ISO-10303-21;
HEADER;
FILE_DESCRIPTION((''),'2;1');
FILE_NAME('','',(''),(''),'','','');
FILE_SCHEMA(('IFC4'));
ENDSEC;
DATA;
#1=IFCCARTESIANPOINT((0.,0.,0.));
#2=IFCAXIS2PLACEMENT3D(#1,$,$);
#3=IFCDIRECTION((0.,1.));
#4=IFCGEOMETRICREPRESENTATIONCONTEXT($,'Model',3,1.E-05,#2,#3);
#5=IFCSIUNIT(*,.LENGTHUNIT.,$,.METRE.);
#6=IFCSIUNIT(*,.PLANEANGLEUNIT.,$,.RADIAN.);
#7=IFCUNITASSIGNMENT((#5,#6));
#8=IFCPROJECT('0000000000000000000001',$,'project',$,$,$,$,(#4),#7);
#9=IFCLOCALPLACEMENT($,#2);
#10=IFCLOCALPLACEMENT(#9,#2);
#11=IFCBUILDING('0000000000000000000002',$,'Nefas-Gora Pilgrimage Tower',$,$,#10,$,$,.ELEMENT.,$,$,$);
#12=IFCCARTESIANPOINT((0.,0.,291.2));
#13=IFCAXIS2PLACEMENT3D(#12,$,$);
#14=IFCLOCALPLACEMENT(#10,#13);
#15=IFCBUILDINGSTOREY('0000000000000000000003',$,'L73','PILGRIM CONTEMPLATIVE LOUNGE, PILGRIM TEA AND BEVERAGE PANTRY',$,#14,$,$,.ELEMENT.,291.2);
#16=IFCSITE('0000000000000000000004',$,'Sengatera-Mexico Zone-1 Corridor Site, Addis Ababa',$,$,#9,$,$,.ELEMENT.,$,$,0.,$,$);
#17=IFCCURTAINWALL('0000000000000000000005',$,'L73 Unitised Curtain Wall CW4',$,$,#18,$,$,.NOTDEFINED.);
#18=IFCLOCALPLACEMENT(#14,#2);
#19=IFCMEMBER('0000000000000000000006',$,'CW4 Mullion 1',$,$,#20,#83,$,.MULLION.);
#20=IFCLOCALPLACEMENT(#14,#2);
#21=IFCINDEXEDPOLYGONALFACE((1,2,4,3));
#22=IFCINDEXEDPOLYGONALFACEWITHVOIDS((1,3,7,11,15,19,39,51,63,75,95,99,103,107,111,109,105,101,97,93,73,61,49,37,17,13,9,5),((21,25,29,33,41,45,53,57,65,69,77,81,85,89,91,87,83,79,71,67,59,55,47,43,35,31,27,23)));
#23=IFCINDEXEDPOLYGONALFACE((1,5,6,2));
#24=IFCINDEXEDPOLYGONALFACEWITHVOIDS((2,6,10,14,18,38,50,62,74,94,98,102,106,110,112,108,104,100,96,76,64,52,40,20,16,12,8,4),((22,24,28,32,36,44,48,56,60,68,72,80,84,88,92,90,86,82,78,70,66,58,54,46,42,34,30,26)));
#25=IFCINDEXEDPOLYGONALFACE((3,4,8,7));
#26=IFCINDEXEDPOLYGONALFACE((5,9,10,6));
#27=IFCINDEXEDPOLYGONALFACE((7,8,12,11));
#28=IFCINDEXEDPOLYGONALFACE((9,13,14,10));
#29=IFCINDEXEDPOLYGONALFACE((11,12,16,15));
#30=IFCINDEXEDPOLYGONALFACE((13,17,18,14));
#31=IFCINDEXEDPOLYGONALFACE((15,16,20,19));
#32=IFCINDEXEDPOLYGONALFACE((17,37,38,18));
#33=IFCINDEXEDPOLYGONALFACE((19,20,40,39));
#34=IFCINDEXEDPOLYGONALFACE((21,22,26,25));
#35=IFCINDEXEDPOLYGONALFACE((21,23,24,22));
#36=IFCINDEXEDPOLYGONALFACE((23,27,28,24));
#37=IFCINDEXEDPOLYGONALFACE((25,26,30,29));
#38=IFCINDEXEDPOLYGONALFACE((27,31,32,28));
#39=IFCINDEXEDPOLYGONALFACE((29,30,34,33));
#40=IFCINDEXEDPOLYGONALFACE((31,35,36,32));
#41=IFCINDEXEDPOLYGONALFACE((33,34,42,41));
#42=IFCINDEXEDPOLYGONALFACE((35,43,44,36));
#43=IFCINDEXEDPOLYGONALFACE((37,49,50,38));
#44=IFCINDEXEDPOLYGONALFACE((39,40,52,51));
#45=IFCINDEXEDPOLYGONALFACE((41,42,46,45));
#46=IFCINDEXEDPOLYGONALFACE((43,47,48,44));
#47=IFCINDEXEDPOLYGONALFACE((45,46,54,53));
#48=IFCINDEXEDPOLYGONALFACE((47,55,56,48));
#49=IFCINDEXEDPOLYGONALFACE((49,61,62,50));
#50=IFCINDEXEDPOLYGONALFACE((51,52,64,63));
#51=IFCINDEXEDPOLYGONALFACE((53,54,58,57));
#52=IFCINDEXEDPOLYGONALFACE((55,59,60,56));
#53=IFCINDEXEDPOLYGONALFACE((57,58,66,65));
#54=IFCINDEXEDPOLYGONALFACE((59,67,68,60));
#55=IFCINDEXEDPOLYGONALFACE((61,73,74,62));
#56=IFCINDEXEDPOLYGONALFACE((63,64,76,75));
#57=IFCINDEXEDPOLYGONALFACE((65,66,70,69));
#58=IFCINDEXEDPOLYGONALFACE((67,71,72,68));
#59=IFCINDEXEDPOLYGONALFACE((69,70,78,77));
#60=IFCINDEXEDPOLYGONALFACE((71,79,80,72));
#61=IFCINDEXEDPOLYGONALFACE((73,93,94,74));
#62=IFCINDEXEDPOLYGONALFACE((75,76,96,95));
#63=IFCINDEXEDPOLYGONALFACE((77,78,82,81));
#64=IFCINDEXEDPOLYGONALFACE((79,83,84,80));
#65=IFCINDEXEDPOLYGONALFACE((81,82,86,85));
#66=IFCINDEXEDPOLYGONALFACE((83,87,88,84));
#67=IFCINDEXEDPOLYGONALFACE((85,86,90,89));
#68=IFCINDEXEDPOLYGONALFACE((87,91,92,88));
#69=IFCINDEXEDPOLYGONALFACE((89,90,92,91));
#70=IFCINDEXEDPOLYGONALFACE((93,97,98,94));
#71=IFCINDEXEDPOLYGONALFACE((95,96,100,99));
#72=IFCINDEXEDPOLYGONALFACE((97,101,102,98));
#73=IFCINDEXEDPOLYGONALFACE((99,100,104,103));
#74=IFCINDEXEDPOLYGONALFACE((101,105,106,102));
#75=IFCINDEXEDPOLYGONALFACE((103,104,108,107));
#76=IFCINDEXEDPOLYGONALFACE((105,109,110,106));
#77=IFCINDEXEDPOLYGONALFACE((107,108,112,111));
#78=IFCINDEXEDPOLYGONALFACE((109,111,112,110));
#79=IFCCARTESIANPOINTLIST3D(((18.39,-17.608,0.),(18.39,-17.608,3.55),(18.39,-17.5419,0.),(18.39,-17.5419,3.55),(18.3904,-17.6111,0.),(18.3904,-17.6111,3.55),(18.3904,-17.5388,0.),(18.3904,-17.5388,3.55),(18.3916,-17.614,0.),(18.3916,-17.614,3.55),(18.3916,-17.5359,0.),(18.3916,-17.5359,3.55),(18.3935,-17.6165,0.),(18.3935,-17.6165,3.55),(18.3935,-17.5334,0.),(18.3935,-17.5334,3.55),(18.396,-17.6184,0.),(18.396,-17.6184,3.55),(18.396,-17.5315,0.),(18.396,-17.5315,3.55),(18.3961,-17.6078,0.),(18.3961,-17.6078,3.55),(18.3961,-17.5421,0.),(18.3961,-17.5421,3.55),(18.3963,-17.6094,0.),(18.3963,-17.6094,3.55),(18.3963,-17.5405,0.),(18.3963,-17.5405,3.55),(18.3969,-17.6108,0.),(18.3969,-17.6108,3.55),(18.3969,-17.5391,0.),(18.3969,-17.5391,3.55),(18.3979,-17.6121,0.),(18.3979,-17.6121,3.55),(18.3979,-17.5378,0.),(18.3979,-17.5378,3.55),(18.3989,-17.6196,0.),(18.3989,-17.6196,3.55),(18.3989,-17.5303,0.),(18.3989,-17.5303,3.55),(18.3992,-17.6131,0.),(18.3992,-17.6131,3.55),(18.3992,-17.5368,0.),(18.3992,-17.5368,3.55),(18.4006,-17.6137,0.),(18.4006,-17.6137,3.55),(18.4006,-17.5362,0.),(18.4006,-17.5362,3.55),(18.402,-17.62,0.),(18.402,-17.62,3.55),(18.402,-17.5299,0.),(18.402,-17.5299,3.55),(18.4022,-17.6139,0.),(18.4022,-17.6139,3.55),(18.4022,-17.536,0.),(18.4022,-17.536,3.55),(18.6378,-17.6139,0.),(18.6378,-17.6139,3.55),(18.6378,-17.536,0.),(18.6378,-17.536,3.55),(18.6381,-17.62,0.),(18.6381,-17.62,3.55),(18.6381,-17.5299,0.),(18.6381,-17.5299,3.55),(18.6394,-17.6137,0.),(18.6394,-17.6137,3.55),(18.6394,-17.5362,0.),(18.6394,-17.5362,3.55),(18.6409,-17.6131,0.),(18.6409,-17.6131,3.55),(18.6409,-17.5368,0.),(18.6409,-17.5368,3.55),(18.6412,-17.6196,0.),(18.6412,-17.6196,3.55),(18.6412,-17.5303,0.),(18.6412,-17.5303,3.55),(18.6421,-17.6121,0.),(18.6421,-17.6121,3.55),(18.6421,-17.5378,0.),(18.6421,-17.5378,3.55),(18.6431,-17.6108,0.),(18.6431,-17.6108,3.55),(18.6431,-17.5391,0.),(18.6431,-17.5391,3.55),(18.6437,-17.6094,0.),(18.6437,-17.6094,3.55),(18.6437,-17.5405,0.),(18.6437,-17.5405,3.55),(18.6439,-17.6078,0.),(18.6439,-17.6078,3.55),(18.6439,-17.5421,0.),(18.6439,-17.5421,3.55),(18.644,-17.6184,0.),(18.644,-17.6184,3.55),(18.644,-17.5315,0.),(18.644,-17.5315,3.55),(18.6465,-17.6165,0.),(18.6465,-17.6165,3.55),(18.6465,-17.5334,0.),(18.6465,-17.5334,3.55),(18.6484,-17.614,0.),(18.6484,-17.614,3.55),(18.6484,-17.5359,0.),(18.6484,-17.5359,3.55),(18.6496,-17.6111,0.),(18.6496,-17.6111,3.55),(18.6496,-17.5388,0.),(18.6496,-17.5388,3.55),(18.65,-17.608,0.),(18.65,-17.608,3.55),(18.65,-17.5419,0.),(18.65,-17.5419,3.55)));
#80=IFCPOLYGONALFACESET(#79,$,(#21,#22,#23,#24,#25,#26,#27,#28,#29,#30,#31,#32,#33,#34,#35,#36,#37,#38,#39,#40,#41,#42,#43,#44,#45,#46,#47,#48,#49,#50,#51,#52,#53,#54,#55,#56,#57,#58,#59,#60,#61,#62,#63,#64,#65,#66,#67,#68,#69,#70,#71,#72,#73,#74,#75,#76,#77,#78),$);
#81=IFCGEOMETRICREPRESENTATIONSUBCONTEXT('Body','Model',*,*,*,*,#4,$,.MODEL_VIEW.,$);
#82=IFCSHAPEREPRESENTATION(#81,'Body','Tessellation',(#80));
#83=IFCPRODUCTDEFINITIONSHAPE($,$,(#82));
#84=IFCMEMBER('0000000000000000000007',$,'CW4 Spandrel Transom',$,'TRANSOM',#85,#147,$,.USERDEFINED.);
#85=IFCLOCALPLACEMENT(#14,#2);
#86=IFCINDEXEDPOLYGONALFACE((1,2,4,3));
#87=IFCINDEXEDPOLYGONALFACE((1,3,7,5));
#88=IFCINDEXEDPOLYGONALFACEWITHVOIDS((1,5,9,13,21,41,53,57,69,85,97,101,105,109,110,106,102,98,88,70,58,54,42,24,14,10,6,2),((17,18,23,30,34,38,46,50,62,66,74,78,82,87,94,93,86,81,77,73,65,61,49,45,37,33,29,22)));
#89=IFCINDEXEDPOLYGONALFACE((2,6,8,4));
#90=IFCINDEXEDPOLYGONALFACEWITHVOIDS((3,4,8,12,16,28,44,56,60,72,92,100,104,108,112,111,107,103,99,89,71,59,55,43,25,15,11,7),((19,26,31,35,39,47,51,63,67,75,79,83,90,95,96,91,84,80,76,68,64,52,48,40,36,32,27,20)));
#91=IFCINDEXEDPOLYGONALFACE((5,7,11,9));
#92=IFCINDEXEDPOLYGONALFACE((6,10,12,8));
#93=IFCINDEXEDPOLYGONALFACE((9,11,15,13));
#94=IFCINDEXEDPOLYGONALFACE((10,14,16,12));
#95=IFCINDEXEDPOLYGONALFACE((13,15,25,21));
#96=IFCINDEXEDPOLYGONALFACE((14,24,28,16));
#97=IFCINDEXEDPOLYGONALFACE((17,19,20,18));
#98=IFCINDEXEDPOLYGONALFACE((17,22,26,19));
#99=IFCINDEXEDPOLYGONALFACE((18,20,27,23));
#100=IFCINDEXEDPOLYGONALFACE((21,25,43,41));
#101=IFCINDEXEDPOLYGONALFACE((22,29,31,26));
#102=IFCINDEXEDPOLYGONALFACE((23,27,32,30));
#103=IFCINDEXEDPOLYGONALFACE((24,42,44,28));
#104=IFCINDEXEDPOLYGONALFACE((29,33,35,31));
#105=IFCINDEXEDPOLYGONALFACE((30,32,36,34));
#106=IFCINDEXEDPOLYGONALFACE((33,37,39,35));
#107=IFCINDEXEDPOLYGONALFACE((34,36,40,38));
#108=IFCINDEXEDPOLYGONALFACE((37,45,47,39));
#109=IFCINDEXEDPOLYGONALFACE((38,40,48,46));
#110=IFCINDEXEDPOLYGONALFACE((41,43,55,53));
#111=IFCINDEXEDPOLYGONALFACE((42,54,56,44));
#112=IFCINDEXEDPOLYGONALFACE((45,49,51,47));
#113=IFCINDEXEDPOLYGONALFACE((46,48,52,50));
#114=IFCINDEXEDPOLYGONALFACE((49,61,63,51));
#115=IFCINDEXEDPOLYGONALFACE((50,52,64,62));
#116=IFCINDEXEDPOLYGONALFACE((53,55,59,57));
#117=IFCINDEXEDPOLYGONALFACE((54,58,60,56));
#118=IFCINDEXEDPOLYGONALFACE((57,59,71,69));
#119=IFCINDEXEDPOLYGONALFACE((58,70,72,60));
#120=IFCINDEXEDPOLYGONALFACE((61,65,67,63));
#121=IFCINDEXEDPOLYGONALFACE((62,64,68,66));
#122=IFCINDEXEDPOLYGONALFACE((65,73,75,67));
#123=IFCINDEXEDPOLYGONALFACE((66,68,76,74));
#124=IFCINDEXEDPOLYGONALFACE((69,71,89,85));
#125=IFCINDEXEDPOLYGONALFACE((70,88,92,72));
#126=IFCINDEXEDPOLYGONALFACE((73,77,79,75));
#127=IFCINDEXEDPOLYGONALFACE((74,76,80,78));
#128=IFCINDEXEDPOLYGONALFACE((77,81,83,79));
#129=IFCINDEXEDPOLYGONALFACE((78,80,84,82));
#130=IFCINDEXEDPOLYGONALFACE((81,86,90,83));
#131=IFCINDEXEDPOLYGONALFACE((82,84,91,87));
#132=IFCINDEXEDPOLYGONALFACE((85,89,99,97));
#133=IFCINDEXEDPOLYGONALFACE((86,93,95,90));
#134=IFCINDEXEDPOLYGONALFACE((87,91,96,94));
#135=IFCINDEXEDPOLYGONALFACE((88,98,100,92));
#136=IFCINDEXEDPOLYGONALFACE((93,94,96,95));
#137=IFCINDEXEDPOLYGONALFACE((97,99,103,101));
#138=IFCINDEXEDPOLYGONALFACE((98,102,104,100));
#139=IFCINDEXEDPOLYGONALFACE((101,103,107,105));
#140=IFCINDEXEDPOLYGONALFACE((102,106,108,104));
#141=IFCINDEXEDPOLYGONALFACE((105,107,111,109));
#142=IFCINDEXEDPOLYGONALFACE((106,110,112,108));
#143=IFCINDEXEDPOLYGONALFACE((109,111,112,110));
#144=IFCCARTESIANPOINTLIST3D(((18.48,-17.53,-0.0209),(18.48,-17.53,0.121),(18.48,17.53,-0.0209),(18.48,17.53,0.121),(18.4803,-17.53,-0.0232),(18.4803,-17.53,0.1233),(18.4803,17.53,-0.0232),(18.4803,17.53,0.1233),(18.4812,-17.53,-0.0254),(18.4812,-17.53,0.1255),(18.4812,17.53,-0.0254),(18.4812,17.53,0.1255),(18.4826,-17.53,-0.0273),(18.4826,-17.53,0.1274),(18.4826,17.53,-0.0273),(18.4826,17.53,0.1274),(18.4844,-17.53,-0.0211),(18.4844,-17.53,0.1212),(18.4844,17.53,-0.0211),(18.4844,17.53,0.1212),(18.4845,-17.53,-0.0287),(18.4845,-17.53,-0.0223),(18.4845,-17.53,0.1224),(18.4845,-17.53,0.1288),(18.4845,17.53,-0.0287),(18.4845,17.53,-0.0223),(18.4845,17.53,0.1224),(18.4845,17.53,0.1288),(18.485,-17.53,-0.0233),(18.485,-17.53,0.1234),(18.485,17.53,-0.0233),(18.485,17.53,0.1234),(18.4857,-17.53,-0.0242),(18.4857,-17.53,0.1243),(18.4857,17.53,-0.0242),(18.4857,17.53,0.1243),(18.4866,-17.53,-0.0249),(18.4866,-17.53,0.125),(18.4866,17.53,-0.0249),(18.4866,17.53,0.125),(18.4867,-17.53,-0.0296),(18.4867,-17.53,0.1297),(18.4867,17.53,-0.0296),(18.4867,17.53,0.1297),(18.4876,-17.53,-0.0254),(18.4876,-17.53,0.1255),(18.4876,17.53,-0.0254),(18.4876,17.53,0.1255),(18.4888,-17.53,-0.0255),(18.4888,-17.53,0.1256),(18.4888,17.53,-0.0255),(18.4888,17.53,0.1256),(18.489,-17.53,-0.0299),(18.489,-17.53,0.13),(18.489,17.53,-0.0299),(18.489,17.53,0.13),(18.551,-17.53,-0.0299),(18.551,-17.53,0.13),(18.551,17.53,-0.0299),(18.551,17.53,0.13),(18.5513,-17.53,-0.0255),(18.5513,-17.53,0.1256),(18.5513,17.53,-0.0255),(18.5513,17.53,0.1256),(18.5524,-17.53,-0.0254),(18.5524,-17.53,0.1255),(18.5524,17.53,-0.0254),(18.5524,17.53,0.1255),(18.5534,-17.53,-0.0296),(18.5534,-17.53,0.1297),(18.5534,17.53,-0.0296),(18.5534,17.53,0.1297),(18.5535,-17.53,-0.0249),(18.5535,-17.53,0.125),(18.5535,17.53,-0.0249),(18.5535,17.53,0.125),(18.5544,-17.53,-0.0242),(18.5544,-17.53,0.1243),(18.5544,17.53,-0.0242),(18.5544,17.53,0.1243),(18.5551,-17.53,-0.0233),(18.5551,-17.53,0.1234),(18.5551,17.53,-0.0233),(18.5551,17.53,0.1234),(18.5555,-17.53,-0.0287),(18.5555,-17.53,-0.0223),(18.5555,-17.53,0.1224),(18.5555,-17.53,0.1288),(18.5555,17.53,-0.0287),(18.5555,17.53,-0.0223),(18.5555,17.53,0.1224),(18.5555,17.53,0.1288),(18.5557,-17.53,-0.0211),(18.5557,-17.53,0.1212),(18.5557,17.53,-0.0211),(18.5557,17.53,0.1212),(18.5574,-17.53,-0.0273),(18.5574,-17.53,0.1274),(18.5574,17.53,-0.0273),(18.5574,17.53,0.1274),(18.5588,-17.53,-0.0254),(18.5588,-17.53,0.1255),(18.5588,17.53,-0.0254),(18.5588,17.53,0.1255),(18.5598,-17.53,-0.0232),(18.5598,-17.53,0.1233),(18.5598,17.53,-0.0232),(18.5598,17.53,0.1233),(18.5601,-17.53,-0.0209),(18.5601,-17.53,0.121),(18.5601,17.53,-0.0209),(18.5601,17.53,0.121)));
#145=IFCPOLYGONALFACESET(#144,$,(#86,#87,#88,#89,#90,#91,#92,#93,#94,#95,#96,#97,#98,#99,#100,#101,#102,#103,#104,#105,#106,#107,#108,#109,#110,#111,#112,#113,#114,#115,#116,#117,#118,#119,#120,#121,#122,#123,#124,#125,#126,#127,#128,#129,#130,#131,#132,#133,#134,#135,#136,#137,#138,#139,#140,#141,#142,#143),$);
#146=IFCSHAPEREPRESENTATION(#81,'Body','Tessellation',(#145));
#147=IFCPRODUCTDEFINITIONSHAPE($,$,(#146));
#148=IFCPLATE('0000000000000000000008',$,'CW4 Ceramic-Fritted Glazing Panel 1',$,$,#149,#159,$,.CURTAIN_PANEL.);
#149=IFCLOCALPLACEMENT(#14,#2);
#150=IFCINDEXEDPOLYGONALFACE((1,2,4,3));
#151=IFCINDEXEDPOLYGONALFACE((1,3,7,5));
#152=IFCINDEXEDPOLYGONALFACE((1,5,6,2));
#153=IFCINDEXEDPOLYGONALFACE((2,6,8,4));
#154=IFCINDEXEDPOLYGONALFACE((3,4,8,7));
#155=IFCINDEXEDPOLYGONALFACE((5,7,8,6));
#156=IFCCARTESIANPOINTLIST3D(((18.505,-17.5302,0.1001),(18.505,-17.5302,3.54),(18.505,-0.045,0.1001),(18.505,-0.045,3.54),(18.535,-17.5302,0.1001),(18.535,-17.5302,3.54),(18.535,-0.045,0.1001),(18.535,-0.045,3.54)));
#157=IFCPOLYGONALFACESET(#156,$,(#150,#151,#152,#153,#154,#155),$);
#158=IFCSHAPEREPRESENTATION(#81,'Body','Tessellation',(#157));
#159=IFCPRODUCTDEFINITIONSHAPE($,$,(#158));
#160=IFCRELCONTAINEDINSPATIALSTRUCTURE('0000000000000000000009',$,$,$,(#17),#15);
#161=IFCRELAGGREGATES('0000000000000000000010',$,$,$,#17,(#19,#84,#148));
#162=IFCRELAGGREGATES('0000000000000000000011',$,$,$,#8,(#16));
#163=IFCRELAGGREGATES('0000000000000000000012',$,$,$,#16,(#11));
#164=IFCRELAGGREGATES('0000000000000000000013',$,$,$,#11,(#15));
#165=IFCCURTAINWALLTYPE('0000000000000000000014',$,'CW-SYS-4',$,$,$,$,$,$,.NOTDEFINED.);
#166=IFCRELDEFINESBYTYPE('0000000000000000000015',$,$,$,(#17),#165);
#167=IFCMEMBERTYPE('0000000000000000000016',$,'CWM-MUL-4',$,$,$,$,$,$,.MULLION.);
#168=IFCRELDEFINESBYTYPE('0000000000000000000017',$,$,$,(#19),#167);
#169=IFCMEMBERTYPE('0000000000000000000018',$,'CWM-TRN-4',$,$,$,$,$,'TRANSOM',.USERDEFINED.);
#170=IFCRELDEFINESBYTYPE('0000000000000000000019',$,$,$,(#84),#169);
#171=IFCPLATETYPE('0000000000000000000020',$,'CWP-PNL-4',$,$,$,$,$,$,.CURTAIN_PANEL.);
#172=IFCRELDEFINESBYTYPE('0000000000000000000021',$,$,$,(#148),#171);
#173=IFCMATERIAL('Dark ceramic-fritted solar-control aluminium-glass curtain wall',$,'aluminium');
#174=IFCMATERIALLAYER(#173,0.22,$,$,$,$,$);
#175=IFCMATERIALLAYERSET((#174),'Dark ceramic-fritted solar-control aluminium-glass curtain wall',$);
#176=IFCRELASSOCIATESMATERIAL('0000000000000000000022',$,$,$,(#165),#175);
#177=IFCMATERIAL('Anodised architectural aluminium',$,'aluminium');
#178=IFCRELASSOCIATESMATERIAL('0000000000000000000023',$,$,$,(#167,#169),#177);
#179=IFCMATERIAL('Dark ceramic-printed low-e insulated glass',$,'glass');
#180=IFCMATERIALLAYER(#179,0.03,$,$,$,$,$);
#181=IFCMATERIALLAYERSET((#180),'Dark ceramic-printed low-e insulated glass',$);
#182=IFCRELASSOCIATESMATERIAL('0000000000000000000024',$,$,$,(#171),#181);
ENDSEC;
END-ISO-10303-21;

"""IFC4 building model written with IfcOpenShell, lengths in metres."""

from ifc_helpers import new_model, si_unit, direction, frame, origin, origin_2d, place, context, subcontext, project, spatial, rectangle, hollow_rectangle, extrude, source, transform, mapped, material, layer, layer_set, material_profile, profile_set, type_object, element, aggregate, save


model = new_model("IFC4")

# Units and contexts
model_context = context("Model", 3, precision=1e-05, world=origin(), true_north=direction((0.0, 1.0)))
body_context = subcontext(model_context, "Body", "Model", "MODEL_VIEW")
ifc_project = project(units=[si_unit("LENGTHUNIT", "METRE"), si_unit("PLANEANGLEUNIT", "RADIAN")], contexts=[model_context])

# Site, building, storey
site_placement = place(None, origin())
site = spatial("IfcSite", under=ifc_project, at=site_placement, Name="Sengatera-Mexico Zone-1 Corridor Site, Addis Ababa", CompositionType="ELEMENT", RefElevation=0.0)
building_placement = place(site_placement, origin())
building = spatial("IfcBuilding", under=site, at=building_placement, Name="Nefas-Gora Pilgrimage Tower", CompositionType="ELEMENT")
storey_placement = place(building_placement, frame((0.0, 0.0, 291.2)))
storey = spatial("IfcBuildingStorey", under=building, at=storey_placement, Name="L73", Description="PILGRIM CONTEMPLATIVE LOUNGE, PILGRIM TEA AND BEVERAGE PANTRY", CompositionType="ELEMENT", Elevation=291.2)

# Curtain wall, members, plate
ifc_material_1 = material(Name="Dark ceramic-fritted solar-control aluminium-glass curtain wall", Category="aluminium")
ifc_layer_1 = layer(ifc_material_1, 0.22)
ifc_layer_set_1 = layer_set([ifc_layer_1], Name="Dark ceramic-fritted solar-control aluminium-glass curtain wall")
curtain_wall_type = type_object("IfcCurtainWallType", Name="CW-SYS-4", PredefinedType="NOTDEFINED", material=ifc_layer_set_1)
curtain_wall_placement = place(storey_placement, origin())
curtain_wall = element("IfcCurtainWall", 1, at=curtain_wall_placement, inside=storey, type_object=curtain_wall_type, Name="L73 Unitised Curtain Wall CW4", PredefinedType="NOTDEFINED")
ifc_material_2 = material(Name="Anodised architectural aluminium", Category="aluminium")
ifc_material_profile_1 = material_profile(ifc_material_2, hollow_rectangle(XDim=0.0901, YDim=0.26, WallThickness=0.0061, InnerFilletRadius=0.0061, OuterFilletRadius=0.012, at=origin_2d()), Name="ALU MULLION 90x260")
ifc_profile_set_1 = profile_set([ifc_material_profile_1], Name="Anodised architectural aluminium")
member_type_1 = type_object("IfcMemberType", Name="CWM-MUL-4", PredefinedType="MULLION", material=ifc_profile_set_1)
shared_shape_1 = source(origin(), body_context, "Body", "SweptSolid", [
    extrude(hollow_rectangle(XDim=0.0901, YDim=0.26, WallThickness=0.0061, InnerFilletRadius=0.0061, OuterFilletRadius=0.012, at=origin_2d()), origin(), (0.0, 0.0, 1.0), 3.55),
])
member_1_placement = place(storey_placement, frame((18.52, -17.575, 0.0), z_axis=(0.0, 0.0, 1.0), x_axis=(0.0, 1.0, 0.0)))
member_1 = element("IfcMember", 2, at=member_1_placement, type_object=member_type_1, Name="CW4 Mullion 1", PredefinedType="MULLION", context=body_context, shape_type="MappedRepresentation", body=[
    mapped(shared_shape_1, transform((0.0, 0.0, 0.0), x_axis=(1.0, 0.0, 0.0), y_axis=(0.0, 1.0, 0.0), z_axis=(0.0, 0.0, 1.0), scale=1.0)),
])
ifc_material_profile_2 = material_profile(ifc_material_2, hollow_rectangle(XDim=0.0801, YDim=0.1599, WallThickness=0.0044, InnerFilletRadius=0.0044, OuterFilletRadius=0.009, at=origin_2d()), Name="ALU TRANSOM 80x160")
ifc_profile_set_2 = profile_set([ifc_material_profile_2], Name="Anodised architectural aluminium")
member_type_2 = type_object("IfcMemberType", Name="CWM-TRN-4", ElementType="TRANSOM", PredefinedType="USERDEFINED", material=ifc_profile_set_2)
shared_shape_2 = source(origin(), body_context, "Body", "SweptSolid", [
    extrude(hollow_rectangle(XDim=0.0801, YDim=0.1599, WallThickness=0.0044, InnerFilletRadius=0.0044, OuterFilletRadius=0.009, at=origin_2d()), origin(), (0.0, 0.0, 1.0), 35.0601),
])
member_2_placement = place(storey_placement, frame((18.52, -17.53, 0.05), z_axis=(0.0, 1.0, 0.0), x_axis=(-1.0, 0.0, 0.0)))
member_2 = element("IfcMember", 3, at=member_2_placement, type_object=member_type_2, Name="CW4 Spandrel Transom", ObjectType="TRANSOM", PredefinedType="USERDEFINED", context=body_context, shape_type="MappedRepresentation", body=[
    mapped(shared_shape_2, transform((0.0, 0.0, 0.0), x_axis=(1.0, 0.0, 0.0), y_axis=(0.0, 1.0, 0.0), z_axis=(0.0, 0.0, 1.0), scale=1.0)),
])
ifc_material_3 = material(Name="Dark ceramic-printed low-e insulated glass", Category="glass")
ifc_layer_2 = layer(ifc_material_3, 0.03)
ifc_layer_set_2 = layer_set([ifc_layer_2], Name="Dark ceramic-printed low-e insulated glass")
plate_type = type_object("IfcPlateType", Name="CWP-PNL-4", PredefinedType="CURTAIN_PANEL", material=ifc_layer_set_2)
shared_shape_3 = source(origin(), body_context, "Body", "SweptSolid", [
    extrude(rectangle(XDim=17.4851, YDim=0.03, at=origin_2d()), origin(), (0.0, 0.0, 1.0), 3.4399),
])
plate_placement = place(storey_placement, frame((18.52, -8.7876, 0.1001), z_axis=(0.0, 0.0, 1.0), x_axis=(0.0, 1.0, 0.0)))
plate = element("IfcPlate", 4, at=plate_placement, type_object=plate_type, Name="CW4 Ceramic-Fritted Glazing Panel 1", PredefinedType="CURTAIN_PANEL", context=body_context, shape_type="MappedRepresentation", body=[
    mapped(shared_shape_3, transform((0.0, 0.0, 0.0), x_axis=(1.0, 0.0, 0.0), y_axis=(0.0, 1.0, 0.0), z_axis=(0.0, 0.0, 1.0), scale=1.0)),
])
aggregate(curtain_wall, [member_1, member_2, plate])

save(model, "model.ifc")
